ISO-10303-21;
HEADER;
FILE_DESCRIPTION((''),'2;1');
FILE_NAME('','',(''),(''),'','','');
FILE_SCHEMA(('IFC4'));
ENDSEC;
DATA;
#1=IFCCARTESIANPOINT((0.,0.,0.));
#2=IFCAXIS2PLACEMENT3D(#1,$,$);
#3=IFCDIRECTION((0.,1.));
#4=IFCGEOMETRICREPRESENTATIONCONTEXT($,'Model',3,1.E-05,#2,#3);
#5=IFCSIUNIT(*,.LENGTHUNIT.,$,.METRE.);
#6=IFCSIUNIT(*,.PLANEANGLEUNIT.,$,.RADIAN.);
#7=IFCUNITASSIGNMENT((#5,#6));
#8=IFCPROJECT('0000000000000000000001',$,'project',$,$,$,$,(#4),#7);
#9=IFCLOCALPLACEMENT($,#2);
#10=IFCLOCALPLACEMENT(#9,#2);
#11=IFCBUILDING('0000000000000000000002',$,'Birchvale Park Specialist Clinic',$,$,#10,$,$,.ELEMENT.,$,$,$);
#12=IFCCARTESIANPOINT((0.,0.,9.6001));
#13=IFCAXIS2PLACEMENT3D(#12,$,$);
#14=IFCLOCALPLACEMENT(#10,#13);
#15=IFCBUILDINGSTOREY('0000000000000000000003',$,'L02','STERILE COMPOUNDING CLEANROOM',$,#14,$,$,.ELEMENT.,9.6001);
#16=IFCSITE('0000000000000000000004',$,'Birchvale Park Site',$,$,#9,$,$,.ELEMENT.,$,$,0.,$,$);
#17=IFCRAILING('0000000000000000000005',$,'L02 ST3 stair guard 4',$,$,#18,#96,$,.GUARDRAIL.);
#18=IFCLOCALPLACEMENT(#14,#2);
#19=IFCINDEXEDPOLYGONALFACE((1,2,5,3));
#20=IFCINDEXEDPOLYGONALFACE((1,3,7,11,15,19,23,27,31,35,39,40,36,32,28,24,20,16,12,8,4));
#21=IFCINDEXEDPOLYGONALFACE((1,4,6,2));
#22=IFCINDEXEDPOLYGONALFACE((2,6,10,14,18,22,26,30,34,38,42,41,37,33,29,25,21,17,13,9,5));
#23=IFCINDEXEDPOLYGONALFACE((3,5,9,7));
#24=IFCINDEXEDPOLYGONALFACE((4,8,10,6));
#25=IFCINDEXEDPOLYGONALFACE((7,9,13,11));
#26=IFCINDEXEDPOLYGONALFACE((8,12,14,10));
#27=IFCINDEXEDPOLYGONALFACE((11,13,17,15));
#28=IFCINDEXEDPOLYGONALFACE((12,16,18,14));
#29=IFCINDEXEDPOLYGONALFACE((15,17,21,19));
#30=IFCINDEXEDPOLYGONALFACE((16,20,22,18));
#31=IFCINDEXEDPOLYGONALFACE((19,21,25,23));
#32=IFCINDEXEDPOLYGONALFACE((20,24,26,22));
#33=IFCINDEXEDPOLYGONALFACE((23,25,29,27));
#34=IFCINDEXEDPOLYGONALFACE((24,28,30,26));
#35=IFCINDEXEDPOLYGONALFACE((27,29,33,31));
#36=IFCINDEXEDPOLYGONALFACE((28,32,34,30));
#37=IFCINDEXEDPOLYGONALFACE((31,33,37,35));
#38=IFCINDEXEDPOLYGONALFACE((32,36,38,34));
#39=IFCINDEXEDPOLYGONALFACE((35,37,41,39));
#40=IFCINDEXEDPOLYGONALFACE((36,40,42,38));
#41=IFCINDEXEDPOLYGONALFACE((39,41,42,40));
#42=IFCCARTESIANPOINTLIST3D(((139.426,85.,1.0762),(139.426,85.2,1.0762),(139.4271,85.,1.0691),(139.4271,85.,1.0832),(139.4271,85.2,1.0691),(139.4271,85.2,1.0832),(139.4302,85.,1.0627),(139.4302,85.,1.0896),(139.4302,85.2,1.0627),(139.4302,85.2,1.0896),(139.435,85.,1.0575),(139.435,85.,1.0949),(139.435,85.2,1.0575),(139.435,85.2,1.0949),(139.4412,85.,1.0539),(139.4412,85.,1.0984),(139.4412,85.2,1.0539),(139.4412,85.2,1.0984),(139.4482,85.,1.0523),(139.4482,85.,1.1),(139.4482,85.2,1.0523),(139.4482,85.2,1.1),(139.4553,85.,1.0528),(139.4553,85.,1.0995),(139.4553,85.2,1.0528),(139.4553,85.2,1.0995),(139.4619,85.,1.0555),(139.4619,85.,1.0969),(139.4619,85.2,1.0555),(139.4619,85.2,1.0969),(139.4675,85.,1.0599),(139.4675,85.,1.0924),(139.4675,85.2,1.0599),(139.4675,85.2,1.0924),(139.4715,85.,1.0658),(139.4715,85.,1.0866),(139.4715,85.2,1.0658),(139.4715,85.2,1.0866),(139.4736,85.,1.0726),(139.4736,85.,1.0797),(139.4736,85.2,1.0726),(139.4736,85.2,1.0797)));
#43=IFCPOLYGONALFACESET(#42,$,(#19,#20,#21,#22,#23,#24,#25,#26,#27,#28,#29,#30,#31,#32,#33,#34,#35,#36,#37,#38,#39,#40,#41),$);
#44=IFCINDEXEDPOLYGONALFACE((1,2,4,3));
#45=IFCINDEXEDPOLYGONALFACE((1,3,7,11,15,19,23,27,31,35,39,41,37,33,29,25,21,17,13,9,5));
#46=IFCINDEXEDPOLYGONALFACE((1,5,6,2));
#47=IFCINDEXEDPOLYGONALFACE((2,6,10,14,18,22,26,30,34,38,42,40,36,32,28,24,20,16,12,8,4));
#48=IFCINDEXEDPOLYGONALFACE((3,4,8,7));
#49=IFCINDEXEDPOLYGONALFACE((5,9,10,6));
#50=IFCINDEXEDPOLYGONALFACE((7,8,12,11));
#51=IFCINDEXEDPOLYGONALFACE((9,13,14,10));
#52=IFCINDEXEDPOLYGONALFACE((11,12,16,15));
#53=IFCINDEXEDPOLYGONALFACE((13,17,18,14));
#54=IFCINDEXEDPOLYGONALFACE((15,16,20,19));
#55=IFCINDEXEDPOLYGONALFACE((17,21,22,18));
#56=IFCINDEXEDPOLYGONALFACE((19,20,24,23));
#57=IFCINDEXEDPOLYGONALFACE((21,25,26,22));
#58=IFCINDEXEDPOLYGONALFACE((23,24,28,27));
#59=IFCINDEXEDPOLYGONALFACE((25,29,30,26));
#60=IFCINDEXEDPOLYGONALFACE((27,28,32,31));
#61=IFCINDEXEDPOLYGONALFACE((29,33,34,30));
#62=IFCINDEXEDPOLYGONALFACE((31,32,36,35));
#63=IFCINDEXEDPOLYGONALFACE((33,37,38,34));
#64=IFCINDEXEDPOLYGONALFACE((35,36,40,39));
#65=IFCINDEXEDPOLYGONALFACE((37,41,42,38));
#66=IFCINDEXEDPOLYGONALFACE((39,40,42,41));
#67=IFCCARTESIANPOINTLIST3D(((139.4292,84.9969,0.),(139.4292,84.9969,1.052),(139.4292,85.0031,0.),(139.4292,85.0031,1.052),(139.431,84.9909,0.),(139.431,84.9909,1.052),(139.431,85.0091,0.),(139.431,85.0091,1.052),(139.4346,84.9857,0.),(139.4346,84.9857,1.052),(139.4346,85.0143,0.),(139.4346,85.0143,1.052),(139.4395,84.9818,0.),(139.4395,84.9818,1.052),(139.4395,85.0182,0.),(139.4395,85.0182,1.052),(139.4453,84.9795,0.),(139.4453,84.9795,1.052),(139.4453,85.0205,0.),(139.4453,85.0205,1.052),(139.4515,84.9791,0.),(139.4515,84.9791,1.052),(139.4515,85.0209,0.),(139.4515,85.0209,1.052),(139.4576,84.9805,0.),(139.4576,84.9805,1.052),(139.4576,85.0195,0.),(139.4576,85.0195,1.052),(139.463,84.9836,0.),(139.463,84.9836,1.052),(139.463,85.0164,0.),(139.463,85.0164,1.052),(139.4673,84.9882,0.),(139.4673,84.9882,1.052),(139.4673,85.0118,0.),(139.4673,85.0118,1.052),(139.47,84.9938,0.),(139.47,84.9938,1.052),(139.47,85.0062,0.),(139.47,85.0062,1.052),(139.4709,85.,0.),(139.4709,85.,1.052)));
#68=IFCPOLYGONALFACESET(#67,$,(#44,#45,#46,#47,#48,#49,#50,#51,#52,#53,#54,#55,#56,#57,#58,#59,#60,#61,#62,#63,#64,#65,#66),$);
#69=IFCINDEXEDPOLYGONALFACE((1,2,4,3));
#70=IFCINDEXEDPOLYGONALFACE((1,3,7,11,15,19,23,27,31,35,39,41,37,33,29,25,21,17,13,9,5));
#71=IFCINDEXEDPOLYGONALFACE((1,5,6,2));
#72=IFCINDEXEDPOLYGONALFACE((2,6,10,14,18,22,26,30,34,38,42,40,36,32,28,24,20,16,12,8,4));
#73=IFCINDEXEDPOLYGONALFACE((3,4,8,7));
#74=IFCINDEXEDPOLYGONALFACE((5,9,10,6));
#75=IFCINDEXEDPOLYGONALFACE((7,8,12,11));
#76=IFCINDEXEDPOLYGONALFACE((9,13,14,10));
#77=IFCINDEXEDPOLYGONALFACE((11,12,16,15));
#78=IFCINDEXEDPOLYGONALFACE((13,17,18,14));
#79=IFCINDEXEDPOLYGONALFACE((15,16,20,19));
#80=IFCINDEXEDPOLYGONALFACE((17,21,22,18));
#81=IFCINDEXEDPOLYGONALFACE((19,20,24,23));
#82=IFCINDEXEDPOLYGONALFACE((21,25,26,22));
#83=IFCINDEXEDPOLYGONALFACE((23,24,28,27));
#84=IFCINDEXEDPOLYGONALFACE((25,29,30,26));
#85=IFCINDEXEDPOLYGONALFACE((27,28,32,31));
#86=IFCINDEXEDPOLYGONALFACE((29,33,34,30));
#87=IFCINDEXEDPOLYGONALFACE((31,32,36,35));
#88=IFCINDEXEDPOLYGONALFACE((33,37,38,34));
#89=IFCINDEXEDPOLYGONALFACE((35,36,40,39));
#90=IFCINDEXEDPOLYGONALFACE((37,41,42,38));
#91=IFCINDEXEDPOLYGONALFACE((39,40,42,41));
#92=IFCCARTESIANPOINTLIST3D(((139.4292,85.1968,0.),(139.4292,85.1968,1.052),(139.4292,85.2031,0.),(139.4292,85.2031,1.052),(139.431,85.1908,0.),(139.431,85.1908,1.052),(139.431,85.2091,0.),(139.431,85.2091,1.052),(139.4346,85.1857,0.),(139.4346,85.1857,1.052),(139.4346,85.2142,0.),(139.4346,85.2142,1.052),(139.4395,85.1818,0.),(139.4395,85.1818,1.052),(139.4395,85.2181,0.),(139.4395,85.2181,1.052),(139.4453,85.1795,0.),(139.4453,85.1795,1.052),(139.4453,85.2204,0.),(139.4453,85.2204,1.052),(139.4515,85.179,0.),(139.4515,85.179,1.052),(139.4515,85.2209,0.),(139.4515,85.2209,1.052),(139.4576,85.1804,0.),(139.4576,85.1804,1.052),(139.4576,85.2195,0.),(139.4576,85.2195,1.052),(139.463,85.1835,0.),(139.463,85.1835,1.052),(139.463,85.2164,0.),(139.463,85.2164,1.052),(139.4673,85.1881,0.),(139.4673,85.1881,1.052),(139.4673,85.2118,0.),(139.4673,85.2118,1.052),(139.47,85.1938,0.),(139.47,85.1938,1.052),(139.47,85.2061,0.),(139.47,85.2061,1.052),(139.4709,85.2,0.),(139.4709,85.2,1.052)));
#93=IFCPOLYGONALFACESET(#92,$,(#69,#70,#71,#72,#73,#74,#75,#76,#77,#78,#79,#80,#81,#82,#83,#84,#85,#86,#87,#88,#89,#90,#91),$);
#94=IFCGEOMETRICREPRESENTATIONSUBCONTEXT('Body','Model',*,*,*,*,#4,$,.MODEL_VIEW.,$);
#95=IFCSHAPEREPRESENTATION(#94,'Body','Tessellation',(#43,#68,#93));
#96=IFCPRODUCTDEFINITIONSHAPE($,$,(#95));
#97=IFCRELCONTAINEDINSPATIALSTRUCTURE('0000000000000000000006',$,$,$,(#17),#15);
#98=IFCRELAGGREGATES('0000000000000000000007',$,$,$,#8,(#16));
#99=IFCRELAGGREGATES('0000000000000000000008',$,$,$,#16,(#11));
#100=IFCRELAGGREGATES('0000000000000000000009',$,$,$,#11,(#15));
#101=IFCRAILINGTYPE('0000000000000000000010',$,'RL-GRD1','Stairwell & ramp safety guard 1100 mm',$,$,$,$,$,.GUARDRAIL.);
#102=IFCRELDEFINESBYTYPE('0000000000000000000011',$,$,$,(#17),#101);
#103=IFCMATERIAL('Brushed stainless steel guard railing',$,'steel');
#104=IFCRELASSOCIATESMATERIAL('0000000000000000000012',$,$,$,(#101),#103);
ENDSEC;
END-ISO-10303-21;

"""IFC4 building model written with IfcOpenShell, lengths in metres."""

from ifc_helpers import new_model, si_unit, direction, frame, origin, origin_2d, place, context, subcontext, project, spatial, circle, extrude, material, type_object, element, save


model = new_model("IFC4")

# Units and contexts
model_context = context("Model", 3, precision=1e-05, world=origin(), true_north=direction((0.0, 1.0)))
body_context = subcontext(model_context, "Body", "Model", "MODEL_VIEW")
ifc_project = project(units=[si_unit("LENGTHUNIT", "METRE"), si_unit("PLANEANGLEUNIT", "RADIAN")], contexts=[model_context])

# Site, building, storey
site_placement = place(None, origin())
site = spatial("IfcSite", under=ifc_project, at=site_placement, Name="Birchvale Park Site", CompositionType="ELEMENT", RefElevation=0.0)
building_placement = place(site_placement, origin())
building = spatial("IfcBuilding", under=site, at=building_placement, Name="Birchvale Park Specialist Clinic", CompositionType="ELEMENT")
storey_placement = place(building_placement, frame((0.0, 0.0, 9.6001)))
storey = spatial("IfcBuildingStorey", under=building, at=storey_placement, Name="L02", Description="STERILE COMPOUNDING CLEANROOM", CompositionType="ELEMENT", Elevation=9.6001)

# Railing
ifc_material_1 = material(Name="Brushed stainless steel guard railing", Category="steel")
railing_type_1 = type_object("IfcRailingType", Name="RL-GRD1", Description="Stairwell & ramp safety guard 1100 mm", PredefinedType="GUARDRAIL", material=ifc_material_1)
railing_1_placement = place(storey_placement, frame((139.45, 85.0, 0.0)))
element("IfcRailing", 1, at=railing_1_placement, inside=storey, type_object=railing_type_1, Name="L02 ST3 stair guard 4", PredefinedType="GUARDRAIL", context=body_context, shape_type="SweptSolid", body=[
    extrude(circle(Radius=0.0239, at=origin_2d()), frame((0.0, 0.0, 1.0762), z_axis=(0.0, 1.0, 0.0), x_axis=(-1.0, 0.0, 0.0)), (0.0, 0.0, 1.0), 0.2),
    extrude(circle(Radius=0.021, at=origin_2d()), origin(), (0.0, 0.0, 1.0), 1.052),
    extrude(circle(Radius=0.021, at=origin_2d()), frame((0.0, 0.2, 0.0)), (0.0, 0.0, 1.0), 1.052),
])

save(model, "model.ifc")
